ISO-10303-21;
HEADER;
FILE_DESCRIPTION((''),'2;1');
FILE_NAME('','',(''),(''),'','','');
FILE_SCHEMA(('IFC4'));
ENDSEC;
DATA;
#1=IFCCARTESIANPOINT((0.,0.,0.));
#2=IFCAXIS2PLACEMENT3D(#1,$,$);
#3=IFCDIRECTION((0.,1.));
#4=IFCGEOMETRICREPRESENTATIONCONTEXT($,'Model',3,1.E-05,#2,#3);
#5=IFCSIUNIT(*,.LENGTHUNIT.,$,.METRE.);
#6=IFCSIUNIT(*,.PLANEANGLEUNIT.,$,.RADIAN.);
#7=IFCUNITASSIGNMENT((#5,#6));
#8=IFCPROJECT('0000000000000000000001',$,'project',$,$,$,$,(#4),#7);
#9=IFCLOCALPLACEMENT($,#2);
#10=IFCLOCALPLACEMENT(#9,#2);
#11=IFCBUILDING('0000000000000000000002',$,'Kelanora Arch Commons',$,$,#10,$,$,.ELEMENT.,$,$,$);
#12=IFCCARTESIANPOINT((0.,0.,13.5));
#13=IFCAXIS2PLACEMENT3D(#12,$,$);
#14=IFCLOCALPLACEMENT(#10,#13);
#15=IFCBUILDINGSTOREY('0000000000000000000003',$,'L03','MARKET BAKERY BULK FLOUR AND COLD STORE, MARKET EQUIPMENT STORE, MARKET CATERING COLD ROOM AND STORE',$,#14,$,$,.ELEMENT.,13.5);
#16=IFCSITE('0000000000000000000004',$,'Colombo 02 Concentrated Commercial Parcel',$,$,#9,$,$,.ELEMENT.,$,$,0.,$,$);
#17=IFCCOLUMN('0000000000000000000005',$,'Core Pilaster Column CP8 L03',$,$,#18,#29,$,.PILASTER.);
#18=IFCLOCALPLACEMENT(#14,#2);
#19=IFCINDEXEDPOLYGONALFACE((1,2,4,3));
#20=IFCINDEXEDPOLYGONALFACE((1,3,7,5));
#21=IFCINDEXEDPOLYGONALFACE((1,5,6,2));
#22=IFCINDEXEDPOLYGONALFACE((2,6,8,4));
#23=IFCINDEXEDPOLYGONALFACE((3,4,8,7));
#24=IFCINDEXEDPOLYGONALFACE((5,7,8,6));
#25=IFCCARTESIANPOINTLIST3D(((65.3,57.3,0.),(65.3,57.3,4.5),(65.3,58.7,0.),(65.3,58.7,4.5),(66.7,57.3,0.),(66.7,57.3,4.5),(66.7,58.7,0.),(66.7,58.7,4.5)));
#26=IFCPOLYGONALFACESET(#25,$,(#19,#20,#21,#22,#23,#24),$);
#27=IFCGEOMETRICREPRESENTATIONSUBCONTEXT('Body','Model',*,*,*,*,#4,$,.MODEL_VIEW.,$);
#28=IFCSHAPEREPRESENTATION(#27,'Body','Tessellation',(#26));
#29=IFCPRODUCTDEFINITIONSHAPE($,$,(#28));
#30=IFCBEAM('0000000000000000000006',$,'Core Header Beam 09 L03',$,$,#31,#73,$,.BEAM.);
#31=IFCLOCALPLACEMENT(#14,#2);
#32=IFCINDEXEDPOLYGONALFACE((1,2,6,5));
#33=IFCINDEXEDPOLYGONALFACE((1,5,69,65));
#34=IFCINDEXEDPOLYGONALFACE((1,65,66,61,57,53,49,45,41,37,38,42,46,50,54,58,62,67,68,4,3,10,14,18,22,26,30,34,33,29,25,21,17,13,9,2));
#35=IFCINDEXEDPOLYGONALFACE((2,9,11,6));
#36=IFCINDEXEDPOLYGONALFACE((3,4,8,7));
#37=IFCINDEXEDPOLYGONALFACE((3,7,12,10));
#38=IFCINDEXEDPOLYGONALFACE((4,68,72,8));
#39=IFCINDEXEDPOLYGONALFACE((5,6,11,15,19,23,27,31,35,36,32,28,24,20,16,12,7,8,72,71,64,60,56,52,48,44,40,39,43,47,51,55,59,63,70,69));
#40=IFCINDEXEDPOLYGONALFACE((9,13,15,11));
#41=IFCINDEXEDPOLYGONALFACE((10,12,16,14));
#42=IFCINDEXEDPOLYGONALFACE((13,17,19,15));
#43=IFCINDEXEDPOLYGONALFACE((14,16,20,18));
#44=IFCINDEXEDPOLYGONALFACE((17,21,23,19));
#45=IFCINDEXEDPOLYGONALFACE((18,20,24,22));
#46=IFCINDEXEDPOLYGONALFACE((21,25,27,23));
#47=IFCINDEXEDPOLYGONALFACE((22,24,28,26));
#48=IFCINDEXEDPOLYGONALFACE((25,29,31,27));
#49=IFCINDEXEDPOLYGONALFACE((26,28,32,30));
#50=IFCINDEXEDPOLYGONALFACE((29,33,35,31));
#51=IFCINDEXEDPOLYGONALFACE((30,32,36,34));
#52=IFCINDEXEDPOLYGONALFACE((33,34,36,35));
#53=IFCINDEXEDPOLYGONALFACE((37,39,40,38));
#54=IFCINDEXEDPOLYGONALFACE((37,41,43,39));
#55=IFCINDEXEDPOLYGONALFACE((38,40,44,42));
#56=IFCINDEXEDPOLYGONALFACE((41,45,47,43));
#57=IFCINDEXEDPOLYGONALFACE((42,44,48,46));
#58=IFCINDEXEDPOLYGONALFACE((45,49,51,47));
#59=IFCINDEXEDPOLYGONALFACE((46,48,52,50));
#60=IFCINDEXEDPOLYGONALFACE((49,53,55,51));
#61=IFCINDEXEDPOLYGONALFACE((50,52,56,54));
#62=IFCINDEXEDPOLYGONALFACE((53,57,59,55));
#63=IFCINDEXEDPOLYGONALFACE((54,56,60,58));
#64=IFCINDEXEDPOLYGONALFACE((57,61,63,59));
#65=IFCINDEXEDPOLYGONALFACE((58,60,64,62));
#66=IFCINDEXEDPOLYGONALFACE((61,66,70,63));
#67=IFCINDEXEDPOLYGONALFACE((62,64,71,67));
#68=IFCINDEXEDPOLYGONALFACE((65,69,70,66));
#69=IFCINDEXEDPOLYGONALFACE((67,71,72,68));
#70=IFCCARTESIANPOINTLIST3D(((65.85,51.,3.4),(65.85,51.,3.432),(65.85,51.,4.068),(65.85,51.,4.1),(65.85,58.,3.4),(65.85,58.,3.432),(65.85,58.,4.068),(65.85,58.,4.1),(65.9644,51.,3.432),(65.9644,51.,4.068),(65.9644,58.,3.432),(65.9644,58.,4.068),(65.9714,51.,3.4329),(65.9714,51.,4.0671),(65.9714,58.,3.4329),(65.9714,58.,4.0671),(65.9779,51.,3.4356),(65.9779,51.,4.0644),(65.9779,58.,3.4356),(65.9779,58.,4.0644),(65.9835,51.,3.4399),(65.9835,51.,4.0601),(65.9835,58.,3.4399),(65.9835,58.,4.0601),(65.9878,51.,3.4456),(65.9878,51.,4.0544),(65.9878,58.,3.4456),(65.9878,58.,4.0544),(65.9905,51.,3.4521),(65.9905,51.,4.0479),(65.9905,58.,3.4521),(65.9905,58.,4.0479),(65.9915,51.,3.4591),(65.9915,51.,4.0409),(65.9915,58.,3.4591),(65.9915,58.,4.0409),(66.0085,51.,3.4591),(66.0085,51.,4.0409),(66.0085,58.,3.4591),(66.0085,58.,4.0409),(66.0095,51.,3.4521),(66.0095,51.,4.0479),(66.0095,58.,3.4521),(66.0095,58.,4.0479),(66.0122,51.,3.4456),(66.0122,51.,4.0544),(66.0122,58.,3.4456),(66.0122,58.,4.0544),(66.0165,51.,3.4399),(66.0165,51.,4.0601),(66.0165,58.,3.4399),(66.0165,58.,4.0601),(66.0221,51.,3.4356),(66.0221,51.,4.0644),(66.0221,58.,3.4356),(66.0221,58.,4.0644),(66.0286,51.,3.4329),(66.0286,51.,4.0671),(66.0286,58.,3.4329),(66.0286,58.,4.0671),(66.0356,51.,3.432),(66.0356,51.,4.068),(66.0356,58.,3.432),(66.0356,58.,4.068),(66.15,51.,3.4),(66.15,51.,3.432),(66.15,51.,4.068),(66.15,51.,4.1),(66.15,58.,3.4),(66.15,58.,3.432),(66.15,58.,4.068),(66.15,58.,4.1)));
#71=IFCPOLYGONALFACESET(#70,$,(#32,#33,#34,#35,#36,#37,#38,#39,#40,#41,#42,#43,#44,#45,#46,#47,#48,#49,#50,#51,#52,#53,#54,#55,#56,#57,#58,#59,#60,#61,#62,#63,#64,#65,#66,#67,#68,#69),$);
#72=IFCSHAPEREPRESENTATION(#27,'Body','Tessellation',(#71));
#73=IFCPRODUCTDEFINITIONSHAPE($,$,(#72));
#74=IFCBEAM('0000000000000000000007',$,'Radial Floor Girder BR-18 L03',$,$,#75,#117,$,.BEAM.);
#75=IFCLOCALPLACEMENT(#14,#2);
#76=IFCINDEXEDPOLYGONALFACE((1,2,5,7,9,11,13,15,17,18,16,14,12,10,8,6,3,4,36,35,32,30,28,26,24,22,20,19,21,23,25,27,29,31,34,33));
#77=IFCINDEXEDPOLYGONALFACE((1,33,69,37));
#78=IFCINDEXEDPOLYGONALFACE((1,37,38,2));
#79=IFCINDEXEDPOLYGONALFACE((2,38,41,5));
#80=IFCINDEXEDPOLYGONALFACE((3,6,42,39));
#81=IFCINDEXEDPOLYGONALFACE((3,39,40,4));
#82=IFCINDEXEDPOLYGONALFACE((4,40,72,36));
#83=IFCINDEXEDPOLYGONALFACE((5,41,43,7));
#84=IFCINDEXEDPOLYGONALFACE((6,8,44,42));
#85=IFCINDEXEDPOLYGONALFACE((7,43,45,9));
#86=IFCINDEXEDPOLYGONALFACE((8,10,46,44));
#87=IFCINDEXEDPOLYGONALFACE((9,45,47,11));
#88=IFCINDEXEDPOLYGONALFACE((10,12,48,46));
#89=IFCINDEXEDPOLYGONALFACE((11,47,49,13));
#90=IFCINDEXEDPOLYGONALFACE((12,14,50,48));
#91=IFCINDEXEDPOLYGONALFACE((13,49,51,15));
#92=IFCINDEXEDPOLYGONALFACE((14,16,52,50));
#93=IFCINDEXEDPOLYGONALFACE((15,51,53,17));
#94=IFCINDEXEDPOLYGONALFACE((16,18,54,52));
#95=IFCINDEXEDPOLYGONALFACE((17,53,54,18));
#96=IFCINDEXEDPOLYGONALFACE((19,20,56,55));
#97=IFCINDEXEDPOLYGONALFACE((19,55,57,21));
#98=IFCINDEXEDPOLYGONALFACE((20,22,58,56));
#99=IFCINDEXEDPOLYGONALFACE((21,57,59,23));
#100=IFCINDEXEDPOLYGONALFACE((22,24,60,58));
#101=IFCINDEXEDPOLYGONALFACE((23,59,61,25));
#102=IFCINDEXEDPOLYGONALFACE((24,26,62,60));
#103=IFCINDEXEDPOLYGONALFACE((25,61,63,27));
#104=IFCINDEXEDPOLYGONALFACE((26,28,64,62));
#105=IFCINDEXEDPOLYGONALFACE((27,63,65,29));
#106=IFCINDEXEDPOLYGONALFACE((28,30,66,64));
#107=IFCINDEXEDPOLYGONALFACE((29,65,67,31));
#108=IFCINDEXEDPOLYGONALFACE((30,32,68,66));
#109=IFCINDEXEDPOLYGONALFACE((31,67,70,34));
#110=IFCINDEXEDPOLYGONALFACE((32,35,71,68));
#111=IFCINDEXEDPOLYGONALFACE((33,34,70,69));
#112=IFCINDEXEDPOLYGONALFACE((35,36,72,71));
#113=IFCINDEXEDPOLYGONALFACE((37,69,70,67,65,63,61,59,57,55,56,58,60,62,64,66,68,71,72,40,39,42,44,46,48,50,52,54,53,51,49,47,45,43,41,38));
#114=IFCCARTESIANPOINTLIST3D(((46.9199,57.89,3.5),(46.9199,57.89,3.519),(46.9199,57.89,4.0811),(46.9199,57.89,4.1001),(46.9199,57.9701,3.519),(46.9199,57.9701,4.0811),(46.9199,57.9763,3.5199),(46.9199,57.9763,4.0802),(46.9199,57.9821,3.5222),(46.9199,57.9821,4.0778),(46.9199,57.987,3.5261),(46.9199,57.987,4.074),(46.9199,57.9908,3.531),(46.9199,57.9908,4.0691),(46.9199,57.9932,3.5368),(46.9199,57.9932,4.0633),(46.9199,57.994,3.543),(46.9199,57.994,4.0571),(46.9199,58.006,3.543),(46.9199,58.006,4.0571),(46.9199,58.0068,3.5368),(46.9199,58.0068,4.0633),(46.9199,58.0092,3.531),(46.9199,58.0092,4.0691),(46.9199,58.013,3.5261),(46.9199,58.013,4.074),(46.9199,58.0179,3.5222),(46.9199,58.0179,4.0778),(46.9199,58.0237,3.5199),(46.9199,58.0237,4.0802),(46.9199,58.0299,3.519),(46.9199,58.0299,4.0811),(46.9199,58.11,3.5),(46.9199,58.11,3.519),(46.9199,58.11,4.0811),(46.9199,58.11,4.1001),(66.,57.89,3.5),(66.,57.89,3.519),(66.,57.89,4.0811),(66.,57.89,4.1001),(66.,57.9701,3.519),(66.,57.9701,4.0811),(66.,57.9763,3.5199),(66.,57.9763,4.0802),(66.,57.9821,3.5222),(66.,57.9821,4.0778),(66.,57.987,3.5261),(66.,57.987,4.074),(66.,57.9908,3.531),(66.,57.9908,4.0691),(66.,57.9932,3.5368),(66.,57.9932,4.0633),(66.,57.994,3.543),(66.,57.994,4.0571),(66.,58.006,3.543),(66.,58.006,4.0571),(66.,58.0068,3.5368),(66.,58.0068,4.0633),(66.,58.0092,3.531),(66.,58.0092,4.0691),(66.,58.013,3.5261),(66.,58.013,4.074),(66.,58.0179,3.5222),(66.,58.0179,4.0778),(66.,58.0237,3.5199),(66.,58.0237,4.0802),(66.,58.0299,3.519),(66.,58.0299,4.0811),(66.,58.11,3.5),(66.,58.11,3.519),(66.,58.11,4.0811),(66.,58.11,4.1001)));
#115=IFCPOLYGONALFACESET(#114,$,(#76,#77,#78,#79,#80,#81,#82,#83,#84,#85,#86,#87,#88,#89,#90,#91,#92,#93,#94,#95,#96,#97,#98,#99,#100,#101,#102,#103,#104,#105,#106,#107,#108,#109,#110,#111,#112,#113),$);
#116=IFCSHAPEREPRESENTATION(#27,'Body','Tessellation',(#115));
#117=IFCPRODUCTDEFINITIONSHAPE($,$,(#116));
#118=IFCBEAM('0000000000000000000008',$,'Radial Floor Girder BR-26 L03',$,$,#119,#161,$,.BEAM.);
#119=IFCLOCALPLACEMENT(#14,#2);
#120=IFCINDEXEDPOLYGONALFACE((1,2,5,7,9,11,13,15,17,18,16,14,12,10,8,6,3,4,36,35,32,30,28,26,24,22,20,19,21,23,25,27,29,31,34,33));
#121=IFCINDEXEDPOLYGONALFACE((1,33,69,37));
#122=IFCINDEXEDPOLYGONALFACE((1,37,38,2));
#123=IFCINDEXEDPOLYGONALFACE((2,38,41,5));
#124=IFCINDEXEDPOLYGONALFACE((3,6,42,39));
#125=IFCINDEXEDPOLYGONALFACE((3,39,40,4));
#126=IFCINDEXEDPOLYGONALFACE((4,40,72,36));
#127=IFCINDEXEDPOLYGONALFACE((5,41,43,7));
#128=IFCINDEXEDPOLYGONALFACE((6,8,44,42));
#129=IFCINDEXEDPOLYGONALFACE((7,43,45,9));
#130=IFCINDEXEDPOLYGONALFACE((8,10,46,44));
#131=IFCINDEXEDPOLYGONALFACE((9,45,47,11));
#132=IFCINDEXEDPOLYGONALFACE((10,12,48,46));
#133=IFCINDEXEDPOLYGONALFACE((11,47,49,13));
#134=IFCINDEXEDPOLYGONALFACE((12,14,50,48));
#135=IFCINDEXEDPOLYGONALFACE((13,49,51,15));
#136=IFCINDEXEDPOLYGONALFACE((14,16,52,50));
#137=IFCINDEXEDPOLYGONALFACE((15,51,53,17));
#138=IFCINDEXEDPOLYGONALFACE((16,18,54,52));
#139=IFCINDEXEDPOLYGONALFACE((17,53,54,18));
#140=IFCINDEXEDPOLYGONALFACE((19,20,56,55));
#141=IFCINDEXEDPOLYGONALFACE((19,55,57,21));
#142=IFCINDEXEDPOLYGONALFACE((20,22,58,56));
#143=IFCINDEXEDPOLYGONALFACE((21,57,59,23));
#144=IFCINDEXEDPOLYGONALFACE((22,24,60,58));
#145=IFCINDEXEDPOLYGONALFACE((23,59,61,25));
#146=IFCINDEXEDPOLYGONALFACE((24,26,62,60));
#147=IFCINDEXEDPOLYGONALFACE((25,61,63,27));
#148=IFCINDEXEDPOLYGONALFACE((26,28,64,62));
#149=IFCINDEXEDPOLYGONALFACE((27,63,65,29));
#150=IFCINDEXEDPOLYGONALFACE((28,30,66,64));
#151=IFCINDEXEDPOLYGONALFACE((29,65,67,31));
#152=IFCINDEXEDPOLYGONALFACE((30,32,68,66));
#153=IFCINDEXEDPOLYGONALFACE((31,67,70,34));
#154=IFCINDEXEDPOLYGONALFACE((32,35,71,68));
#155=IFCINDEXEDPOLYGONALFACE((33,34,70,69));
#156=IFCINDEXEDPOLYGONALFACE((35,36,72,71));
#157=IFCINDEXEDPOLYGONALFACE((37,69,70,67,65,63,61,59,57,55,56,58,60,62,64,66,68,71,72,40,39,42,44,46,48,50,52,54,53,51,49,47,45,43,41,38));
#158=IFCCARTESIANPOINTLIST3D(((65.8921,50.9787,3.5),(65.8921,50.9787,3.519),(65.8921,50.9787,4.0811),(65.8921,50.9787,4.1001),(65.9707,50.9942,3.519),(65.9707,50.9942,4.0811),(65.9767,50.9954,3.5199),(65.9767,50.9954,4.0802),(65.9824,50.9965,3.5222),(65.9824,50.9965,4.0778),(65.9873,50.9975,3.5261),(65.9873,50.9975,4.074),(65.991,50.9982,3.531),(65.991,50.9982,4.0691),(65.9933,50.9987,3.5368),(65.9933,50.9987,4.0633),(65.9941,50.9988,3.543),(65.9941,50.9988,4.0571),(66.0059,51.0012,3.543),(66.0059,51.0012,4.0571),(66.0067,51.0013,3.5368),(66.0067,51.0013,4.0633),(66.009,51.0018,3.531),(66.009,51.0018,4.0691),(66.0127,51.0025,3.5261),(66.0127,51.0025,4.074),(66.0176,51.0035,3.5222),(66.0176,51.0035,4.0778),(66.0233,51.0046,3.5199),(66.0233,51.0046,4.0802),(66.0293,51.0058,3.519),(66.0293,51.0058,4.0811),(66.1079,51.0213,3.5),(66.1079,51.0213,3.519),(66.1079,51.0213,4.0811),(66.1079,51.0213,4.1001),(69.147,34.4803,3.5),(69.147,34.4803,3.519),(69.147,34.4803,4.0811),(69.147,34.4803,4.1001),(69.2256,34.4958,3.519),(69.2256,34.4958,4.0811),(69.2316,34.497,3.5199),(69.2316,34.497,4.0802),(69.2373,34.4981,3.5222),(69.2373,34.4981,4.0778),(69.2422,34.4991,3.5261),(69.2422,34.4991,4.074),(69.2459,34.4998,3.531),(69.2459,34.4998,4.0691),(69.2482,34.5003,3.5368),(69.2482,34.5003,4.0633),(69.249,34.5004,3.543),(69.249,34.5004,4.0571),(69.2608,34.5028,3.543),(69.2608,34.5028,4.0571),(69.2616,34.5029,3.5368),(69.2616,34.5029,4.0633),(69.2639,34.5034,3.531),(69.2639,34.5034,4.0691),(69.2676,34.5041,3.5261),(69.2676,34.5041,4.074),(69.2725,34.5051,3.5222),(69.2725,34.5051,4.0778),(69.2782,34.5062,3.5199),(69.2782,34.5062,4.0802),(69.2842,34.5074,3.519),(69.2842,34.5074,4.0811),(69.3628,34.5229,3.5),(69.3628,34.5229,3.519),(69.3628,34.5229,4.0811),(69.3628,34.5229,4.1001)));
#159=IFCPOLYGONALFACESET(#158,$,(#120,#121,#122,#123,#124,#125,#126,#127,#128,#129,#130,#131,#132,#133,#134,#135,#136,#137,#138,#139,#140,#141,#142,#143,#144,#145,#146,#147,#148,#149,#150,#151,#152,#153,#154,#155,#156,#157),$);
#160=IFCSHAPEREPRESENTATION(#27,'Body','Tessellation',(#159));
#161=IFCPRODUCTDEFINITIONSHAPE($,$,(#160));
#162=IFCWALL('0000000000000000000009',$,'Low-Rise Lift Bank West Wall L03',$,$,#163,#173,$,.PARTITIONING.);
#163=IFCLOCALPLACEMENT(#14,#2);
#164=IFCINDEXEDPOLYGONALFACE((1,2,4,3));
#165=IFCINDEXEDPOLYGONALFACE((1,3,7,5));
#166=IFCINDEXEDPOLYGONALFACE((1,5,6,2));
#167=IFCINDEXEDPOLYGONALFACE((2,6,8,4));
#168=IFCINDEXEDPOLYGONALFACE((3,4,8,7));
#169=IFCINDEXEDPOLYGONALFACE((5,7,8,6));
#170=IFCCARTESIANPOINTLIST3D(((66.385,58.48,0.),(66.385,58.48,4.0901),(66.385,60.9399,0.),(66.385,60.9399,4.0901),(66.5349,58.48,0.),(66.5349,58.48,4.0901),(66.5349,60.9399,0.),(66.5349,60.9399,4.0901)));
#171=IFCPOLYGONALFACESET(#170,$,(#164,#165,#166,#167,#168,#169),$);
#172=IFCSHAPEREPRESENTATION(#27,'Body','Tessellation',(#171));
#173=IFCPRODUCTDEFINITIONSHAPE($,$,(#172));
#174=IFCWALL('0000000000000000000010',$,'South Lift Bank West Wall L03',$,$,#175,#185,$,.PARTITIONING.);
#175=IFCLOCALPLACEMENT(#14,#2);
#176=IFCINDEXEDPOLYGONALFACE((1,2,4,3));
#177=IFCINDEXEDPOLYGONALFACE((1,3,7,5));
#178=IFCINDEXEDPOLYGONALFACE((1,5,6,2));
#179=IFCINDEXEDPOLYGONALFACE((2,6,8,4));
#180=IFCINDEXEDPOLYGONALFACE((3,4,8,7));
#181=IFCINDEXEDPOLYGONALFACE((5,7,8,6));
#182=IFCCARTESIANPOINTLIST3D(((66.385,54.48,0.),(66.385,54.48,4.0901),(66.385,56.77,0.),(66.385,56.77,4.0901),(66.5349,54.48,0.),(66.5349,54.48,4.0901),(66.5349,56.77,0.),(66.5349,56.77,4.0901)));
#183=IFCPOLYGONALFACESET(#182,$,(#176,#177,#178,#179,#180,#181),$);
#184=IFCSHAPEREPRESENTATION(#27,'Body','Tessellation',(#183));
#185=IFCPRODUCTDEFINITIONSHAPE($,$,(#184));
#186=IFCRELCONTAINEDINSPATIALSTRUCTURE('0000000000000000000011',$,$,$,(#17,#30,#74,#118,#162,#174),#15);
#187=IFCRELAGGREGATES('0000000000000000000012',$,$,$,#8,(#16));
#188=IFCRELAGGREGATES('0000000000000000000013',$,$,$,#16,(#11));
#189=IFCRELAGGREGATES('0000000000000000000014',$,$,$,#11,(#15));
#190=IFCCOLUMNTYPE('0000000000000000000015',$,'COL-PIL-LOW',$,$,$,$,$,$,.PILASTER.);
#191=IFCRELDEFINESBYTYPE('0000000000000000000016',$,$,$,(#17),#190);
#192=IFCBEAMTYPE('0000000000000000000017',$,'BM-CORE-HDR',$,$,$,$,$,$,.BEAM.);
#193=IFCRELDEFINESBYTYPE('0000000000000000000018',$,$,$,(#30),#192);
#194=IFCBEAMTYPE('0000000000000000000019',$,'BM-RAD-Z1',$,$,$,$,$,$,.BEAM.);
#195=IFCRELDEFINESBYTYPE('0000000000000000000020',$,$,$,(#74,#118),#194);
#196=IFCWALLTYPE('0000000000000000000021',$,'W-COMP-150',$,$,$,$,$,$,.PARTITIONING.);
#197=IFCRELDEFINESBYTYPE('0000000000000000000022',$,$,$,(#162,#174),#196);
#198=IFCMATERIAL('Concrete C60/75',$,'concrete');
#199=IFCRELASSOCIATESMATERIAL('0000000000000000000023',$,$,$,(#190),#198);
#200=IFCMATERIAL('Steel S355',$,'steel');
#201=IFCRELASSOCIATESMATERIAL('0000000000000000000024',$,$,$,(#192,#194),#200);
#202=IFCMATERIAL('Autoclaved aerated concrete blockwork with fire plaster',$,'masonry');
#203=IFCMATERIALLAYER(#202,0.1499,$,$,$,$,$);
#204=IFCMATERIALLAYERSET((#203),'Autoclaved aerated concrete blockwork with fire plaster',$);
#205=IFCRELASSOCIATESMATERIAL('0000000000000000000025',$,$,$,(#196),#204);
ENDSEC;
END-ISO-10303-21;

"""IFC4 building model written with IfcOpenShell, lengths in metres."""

from ifc_helpers import new_model, si_unit, direction, frame, frame_2d, origin, origin_2d, place, context, subcontext, project, spatial, rectangle, i_section, extrude, material, layer, layer_set, material_profile, profile_set, type_object, element, save


model = new_model("IFC4")

# Units and contexts
model_context = context("Model", 3, precision=1e-05, world=origin(), true_north=direction((0.0, 1.0)))
body_context = subcontext(model_context, "Body", "Model", "MODEL_VIEW")
ifc_project = project(units=[si_unit("LENGTHUNIT", "METRE"), si_unit("PLANEANGLEUNIT", "RADIAN")], contexts=[model_context])

# Site, building, storey
site_placement = place(None, origin())
site = spatial("IfcSite", under=ifc_project, at=site_placement, Name="Colombo 02 Concentrated Commercial Parcel", CompositionType="ELEMENT", RefElevation=0.0)
building_placement = place(site_placement, origin())
building = spatial("IfcBuilding", under=site, at=building_placement, Name="Kelanora Arch Commons", CompositionType="ELEMENT")
storey_placement = place(building_placement, frame((0.0, 0.0, 13.5)))
storey = spatial("IfcBuildingStorey", under=building, at=storey_placement, Name="L03", Description="MARKET BAKERY BULK FLOUR AND COLD STORE, MARKET EQUIPMENT STORE, MARKET CATERING COLD ROOM AND STORE", CompositionType="ELEMENT", Elevation=13.5)

# Column
ifc_material_1 = material(Name="Concrete C60/75", Category="concrete")
ifc_material_profile_1 = material_profile(ifc_material_1, rectangle(XDim=1.3999, YDim=1.3999, at=origin_2d()), Name="RC1400x1400")
ifc_profile_set_1 = profile_set([ifc_material_profile_1], Name="Concrete C60/75")
column_type = type_object("IfcColumnType", Name="COL-PIL-LOW", PredefinedType="PILASTER", material=ifc_profile_set_1)
column_placement = place(storey_placement, frame((66.0, 58.0, 0.0), z_axis=(0.0, 0.0, 1.0), x_axis=(1.0, 0.0, 0.0)))
element("IfcColumn", 1, at=column_placement, inside=storey, type_object=column_type, Name="Core Pilaster Column CP8 L03", PredefinedType="PILASTER", context=body_context, shape_type="SweptSolid", body=[
    extrude(rectangle(XDim=1.3999, YDim=1.3999, at=origin_2d()), origin(), (0.0, 0.0, 1.0), 4.5),
])

# Beams
ifc_material_2 = material(Name="Steel S355", Category="steel")
ifc_material_profile_2 = material_profile(ifc_material_2, i_section(OverallWidth=0.3, OverallDepth=0.7, WebThickness=0.0171, FlangeThickness=0.032, FilletRadius=0.0271, at=origin_2d()), Name="HEB700")
ifc_profile_set_2 = profile_set([ifc_material_profile_2], Name="Steel S355")
beam_type_1 = type_object("IfcBeamType", Name="BM-CORE-HDR", PredefinedType="BEAM", material=ifc_profile_set_2)
beam_1_placement = place(storey_placement, frame((66.0, 58.0, 3.75), z_axis=(0.0, -1.0, 0.0), x_axis=(1.0, 0.0, 0.0)))
element("IfcBeam", 2, at=beam_1_placement, inside=storey, type_object=beam_type_1, Name="Core Header Beam 09 L03", PredefinedType="BEAM", context=body_context, shape_type="SweptSolid", body=[
    extrude(i_section(OverallWidth=0.3, OverallDepth=0.7, WebThickness=0.0171, FlangeThickness=0.032, FilletRadius=0.0271, at=origin_2d()), origin(), (0.0, 0.0, 1.0), 7.0),
])
ifc_material_profile_3 = material_profile(ifc_material_2, i_section(OverallWidth=0.22, OverallDepth=0.6001, WebThickness=0.012, FlangeThickness=0.019, FilletRadius=0.0239, at=origin_2d()), Name="IPE600")
ifc_profile_set_3 = profile_set([ifc_material_profile_3], Name="Steel S355")
beam_type_2 = type_object("IfcBeamType", Name="BM-RAD-Z1", PredefinedType="BEAM", material=ifc_profile_set_3)
beam_2_placement = place(storey_placement, frame((66.0, 58.0, 3.8), z_axis=(-1.0, 0.0, 0.0), x_axis=(0.0, -1.0, 0.0)))
element("IfcBeam", 3, at=beam_2_placement, inside=storey, type_object=beam_type_2, Name="Radial Floor Girder BR-18 L03", PredefinedType="BEAM", context=body_context, shape_type="SweptSolid", body=[
    extrude(i_section(OverallWidth=0.22, OverallDepth=0.6001, WebThickness=0.012, FlangeThickness=0.019, FilletRadius=0.0239, at=origin_2d()), origin(), (0.0, 0.0, 1.0), 19.0801),
])
beam_3_placement = place(storey_placement, frame((66.0, 51.0, 3.8), z_axis=(0.193555, -0.981089, 0.0), x_axis=(0.981089, 0.193555, 0.0)))
element("IfcBeam", 4, at=beam_3_placement, inside=storey, type_object=beam_type_2, Name="Radial Floor Girder BR-26 L03", PredefinedType="BEAM", context=body_context, shape_type="SweptSolid", body=[
    extrude(i_section(OverallWidth=0.22, OverallDepth=0.6001, WebThickness=0.012, FlangeThickness=0.019, FilletRadius=0.0239, at=origin_2d()), origin(), (0.0, 0.0, 1.0), 16.8164),
])

# Walls
ifc_material_3 = material(Name="Autoclaved aerated concrete blockwork with fire plaster", Category="masonry")
ifc_layer_1 = layer(ifc_material_3, 0.1499)
ifc_layer_set_1 = layer_set([ifc_layer_1], Name="Autoclaved aerated concrete blockwork with fire plaster")
wall_type_1 = type_object("IfcWallType", Name="W-COMP-150", PredefinedType="PARTITIONING", material=ifc_layer_set_1)
wall_1_placement = place(storey_placement, frame((66.46, 58.48, 0.0), z_axis=(0.0, 0.0, 1.0), x_axis=(0.0, 1.0, 0.0)))
element("IfcWall", 5, at=wall_1_placement, inside=storey, type_object=wall_type_1, Name="Low-Rise Lift Bank West Wall L03", PredefinedType="PARTITIONING", context=body_context, shape_type="SweptSolid", body=[
    extrude(rectangle(XDim=2.46, YDim=0.1499, at=frame_2d((1.23, 0.0))), origin(), (0.0, 0.0, 1.0), 4.0901),
])
wall_2_placement = place(storey_placement, frame((66.46, 54.48, 0.0), z_axis=(0.0, 0.0, 1.0), x_axis=(0.0, 1.0, 0.0)))
element("IfcWall", 6, at=wall_2_placement, inside=storey, type_object=wall_type_1, Name="South Lift Bank West Wall L03", PredefinedType="PARTITIONING", context=body_context, shape_type="SweptSolid", body=[
    extrude(rectangle(XDim=2.29, YDim=0.1499, at=frame_2d((1.145, 0.0))), origin(), (0.0, 0.0, 1.0), 4.0901),
])

save(model, "model.ifc")
